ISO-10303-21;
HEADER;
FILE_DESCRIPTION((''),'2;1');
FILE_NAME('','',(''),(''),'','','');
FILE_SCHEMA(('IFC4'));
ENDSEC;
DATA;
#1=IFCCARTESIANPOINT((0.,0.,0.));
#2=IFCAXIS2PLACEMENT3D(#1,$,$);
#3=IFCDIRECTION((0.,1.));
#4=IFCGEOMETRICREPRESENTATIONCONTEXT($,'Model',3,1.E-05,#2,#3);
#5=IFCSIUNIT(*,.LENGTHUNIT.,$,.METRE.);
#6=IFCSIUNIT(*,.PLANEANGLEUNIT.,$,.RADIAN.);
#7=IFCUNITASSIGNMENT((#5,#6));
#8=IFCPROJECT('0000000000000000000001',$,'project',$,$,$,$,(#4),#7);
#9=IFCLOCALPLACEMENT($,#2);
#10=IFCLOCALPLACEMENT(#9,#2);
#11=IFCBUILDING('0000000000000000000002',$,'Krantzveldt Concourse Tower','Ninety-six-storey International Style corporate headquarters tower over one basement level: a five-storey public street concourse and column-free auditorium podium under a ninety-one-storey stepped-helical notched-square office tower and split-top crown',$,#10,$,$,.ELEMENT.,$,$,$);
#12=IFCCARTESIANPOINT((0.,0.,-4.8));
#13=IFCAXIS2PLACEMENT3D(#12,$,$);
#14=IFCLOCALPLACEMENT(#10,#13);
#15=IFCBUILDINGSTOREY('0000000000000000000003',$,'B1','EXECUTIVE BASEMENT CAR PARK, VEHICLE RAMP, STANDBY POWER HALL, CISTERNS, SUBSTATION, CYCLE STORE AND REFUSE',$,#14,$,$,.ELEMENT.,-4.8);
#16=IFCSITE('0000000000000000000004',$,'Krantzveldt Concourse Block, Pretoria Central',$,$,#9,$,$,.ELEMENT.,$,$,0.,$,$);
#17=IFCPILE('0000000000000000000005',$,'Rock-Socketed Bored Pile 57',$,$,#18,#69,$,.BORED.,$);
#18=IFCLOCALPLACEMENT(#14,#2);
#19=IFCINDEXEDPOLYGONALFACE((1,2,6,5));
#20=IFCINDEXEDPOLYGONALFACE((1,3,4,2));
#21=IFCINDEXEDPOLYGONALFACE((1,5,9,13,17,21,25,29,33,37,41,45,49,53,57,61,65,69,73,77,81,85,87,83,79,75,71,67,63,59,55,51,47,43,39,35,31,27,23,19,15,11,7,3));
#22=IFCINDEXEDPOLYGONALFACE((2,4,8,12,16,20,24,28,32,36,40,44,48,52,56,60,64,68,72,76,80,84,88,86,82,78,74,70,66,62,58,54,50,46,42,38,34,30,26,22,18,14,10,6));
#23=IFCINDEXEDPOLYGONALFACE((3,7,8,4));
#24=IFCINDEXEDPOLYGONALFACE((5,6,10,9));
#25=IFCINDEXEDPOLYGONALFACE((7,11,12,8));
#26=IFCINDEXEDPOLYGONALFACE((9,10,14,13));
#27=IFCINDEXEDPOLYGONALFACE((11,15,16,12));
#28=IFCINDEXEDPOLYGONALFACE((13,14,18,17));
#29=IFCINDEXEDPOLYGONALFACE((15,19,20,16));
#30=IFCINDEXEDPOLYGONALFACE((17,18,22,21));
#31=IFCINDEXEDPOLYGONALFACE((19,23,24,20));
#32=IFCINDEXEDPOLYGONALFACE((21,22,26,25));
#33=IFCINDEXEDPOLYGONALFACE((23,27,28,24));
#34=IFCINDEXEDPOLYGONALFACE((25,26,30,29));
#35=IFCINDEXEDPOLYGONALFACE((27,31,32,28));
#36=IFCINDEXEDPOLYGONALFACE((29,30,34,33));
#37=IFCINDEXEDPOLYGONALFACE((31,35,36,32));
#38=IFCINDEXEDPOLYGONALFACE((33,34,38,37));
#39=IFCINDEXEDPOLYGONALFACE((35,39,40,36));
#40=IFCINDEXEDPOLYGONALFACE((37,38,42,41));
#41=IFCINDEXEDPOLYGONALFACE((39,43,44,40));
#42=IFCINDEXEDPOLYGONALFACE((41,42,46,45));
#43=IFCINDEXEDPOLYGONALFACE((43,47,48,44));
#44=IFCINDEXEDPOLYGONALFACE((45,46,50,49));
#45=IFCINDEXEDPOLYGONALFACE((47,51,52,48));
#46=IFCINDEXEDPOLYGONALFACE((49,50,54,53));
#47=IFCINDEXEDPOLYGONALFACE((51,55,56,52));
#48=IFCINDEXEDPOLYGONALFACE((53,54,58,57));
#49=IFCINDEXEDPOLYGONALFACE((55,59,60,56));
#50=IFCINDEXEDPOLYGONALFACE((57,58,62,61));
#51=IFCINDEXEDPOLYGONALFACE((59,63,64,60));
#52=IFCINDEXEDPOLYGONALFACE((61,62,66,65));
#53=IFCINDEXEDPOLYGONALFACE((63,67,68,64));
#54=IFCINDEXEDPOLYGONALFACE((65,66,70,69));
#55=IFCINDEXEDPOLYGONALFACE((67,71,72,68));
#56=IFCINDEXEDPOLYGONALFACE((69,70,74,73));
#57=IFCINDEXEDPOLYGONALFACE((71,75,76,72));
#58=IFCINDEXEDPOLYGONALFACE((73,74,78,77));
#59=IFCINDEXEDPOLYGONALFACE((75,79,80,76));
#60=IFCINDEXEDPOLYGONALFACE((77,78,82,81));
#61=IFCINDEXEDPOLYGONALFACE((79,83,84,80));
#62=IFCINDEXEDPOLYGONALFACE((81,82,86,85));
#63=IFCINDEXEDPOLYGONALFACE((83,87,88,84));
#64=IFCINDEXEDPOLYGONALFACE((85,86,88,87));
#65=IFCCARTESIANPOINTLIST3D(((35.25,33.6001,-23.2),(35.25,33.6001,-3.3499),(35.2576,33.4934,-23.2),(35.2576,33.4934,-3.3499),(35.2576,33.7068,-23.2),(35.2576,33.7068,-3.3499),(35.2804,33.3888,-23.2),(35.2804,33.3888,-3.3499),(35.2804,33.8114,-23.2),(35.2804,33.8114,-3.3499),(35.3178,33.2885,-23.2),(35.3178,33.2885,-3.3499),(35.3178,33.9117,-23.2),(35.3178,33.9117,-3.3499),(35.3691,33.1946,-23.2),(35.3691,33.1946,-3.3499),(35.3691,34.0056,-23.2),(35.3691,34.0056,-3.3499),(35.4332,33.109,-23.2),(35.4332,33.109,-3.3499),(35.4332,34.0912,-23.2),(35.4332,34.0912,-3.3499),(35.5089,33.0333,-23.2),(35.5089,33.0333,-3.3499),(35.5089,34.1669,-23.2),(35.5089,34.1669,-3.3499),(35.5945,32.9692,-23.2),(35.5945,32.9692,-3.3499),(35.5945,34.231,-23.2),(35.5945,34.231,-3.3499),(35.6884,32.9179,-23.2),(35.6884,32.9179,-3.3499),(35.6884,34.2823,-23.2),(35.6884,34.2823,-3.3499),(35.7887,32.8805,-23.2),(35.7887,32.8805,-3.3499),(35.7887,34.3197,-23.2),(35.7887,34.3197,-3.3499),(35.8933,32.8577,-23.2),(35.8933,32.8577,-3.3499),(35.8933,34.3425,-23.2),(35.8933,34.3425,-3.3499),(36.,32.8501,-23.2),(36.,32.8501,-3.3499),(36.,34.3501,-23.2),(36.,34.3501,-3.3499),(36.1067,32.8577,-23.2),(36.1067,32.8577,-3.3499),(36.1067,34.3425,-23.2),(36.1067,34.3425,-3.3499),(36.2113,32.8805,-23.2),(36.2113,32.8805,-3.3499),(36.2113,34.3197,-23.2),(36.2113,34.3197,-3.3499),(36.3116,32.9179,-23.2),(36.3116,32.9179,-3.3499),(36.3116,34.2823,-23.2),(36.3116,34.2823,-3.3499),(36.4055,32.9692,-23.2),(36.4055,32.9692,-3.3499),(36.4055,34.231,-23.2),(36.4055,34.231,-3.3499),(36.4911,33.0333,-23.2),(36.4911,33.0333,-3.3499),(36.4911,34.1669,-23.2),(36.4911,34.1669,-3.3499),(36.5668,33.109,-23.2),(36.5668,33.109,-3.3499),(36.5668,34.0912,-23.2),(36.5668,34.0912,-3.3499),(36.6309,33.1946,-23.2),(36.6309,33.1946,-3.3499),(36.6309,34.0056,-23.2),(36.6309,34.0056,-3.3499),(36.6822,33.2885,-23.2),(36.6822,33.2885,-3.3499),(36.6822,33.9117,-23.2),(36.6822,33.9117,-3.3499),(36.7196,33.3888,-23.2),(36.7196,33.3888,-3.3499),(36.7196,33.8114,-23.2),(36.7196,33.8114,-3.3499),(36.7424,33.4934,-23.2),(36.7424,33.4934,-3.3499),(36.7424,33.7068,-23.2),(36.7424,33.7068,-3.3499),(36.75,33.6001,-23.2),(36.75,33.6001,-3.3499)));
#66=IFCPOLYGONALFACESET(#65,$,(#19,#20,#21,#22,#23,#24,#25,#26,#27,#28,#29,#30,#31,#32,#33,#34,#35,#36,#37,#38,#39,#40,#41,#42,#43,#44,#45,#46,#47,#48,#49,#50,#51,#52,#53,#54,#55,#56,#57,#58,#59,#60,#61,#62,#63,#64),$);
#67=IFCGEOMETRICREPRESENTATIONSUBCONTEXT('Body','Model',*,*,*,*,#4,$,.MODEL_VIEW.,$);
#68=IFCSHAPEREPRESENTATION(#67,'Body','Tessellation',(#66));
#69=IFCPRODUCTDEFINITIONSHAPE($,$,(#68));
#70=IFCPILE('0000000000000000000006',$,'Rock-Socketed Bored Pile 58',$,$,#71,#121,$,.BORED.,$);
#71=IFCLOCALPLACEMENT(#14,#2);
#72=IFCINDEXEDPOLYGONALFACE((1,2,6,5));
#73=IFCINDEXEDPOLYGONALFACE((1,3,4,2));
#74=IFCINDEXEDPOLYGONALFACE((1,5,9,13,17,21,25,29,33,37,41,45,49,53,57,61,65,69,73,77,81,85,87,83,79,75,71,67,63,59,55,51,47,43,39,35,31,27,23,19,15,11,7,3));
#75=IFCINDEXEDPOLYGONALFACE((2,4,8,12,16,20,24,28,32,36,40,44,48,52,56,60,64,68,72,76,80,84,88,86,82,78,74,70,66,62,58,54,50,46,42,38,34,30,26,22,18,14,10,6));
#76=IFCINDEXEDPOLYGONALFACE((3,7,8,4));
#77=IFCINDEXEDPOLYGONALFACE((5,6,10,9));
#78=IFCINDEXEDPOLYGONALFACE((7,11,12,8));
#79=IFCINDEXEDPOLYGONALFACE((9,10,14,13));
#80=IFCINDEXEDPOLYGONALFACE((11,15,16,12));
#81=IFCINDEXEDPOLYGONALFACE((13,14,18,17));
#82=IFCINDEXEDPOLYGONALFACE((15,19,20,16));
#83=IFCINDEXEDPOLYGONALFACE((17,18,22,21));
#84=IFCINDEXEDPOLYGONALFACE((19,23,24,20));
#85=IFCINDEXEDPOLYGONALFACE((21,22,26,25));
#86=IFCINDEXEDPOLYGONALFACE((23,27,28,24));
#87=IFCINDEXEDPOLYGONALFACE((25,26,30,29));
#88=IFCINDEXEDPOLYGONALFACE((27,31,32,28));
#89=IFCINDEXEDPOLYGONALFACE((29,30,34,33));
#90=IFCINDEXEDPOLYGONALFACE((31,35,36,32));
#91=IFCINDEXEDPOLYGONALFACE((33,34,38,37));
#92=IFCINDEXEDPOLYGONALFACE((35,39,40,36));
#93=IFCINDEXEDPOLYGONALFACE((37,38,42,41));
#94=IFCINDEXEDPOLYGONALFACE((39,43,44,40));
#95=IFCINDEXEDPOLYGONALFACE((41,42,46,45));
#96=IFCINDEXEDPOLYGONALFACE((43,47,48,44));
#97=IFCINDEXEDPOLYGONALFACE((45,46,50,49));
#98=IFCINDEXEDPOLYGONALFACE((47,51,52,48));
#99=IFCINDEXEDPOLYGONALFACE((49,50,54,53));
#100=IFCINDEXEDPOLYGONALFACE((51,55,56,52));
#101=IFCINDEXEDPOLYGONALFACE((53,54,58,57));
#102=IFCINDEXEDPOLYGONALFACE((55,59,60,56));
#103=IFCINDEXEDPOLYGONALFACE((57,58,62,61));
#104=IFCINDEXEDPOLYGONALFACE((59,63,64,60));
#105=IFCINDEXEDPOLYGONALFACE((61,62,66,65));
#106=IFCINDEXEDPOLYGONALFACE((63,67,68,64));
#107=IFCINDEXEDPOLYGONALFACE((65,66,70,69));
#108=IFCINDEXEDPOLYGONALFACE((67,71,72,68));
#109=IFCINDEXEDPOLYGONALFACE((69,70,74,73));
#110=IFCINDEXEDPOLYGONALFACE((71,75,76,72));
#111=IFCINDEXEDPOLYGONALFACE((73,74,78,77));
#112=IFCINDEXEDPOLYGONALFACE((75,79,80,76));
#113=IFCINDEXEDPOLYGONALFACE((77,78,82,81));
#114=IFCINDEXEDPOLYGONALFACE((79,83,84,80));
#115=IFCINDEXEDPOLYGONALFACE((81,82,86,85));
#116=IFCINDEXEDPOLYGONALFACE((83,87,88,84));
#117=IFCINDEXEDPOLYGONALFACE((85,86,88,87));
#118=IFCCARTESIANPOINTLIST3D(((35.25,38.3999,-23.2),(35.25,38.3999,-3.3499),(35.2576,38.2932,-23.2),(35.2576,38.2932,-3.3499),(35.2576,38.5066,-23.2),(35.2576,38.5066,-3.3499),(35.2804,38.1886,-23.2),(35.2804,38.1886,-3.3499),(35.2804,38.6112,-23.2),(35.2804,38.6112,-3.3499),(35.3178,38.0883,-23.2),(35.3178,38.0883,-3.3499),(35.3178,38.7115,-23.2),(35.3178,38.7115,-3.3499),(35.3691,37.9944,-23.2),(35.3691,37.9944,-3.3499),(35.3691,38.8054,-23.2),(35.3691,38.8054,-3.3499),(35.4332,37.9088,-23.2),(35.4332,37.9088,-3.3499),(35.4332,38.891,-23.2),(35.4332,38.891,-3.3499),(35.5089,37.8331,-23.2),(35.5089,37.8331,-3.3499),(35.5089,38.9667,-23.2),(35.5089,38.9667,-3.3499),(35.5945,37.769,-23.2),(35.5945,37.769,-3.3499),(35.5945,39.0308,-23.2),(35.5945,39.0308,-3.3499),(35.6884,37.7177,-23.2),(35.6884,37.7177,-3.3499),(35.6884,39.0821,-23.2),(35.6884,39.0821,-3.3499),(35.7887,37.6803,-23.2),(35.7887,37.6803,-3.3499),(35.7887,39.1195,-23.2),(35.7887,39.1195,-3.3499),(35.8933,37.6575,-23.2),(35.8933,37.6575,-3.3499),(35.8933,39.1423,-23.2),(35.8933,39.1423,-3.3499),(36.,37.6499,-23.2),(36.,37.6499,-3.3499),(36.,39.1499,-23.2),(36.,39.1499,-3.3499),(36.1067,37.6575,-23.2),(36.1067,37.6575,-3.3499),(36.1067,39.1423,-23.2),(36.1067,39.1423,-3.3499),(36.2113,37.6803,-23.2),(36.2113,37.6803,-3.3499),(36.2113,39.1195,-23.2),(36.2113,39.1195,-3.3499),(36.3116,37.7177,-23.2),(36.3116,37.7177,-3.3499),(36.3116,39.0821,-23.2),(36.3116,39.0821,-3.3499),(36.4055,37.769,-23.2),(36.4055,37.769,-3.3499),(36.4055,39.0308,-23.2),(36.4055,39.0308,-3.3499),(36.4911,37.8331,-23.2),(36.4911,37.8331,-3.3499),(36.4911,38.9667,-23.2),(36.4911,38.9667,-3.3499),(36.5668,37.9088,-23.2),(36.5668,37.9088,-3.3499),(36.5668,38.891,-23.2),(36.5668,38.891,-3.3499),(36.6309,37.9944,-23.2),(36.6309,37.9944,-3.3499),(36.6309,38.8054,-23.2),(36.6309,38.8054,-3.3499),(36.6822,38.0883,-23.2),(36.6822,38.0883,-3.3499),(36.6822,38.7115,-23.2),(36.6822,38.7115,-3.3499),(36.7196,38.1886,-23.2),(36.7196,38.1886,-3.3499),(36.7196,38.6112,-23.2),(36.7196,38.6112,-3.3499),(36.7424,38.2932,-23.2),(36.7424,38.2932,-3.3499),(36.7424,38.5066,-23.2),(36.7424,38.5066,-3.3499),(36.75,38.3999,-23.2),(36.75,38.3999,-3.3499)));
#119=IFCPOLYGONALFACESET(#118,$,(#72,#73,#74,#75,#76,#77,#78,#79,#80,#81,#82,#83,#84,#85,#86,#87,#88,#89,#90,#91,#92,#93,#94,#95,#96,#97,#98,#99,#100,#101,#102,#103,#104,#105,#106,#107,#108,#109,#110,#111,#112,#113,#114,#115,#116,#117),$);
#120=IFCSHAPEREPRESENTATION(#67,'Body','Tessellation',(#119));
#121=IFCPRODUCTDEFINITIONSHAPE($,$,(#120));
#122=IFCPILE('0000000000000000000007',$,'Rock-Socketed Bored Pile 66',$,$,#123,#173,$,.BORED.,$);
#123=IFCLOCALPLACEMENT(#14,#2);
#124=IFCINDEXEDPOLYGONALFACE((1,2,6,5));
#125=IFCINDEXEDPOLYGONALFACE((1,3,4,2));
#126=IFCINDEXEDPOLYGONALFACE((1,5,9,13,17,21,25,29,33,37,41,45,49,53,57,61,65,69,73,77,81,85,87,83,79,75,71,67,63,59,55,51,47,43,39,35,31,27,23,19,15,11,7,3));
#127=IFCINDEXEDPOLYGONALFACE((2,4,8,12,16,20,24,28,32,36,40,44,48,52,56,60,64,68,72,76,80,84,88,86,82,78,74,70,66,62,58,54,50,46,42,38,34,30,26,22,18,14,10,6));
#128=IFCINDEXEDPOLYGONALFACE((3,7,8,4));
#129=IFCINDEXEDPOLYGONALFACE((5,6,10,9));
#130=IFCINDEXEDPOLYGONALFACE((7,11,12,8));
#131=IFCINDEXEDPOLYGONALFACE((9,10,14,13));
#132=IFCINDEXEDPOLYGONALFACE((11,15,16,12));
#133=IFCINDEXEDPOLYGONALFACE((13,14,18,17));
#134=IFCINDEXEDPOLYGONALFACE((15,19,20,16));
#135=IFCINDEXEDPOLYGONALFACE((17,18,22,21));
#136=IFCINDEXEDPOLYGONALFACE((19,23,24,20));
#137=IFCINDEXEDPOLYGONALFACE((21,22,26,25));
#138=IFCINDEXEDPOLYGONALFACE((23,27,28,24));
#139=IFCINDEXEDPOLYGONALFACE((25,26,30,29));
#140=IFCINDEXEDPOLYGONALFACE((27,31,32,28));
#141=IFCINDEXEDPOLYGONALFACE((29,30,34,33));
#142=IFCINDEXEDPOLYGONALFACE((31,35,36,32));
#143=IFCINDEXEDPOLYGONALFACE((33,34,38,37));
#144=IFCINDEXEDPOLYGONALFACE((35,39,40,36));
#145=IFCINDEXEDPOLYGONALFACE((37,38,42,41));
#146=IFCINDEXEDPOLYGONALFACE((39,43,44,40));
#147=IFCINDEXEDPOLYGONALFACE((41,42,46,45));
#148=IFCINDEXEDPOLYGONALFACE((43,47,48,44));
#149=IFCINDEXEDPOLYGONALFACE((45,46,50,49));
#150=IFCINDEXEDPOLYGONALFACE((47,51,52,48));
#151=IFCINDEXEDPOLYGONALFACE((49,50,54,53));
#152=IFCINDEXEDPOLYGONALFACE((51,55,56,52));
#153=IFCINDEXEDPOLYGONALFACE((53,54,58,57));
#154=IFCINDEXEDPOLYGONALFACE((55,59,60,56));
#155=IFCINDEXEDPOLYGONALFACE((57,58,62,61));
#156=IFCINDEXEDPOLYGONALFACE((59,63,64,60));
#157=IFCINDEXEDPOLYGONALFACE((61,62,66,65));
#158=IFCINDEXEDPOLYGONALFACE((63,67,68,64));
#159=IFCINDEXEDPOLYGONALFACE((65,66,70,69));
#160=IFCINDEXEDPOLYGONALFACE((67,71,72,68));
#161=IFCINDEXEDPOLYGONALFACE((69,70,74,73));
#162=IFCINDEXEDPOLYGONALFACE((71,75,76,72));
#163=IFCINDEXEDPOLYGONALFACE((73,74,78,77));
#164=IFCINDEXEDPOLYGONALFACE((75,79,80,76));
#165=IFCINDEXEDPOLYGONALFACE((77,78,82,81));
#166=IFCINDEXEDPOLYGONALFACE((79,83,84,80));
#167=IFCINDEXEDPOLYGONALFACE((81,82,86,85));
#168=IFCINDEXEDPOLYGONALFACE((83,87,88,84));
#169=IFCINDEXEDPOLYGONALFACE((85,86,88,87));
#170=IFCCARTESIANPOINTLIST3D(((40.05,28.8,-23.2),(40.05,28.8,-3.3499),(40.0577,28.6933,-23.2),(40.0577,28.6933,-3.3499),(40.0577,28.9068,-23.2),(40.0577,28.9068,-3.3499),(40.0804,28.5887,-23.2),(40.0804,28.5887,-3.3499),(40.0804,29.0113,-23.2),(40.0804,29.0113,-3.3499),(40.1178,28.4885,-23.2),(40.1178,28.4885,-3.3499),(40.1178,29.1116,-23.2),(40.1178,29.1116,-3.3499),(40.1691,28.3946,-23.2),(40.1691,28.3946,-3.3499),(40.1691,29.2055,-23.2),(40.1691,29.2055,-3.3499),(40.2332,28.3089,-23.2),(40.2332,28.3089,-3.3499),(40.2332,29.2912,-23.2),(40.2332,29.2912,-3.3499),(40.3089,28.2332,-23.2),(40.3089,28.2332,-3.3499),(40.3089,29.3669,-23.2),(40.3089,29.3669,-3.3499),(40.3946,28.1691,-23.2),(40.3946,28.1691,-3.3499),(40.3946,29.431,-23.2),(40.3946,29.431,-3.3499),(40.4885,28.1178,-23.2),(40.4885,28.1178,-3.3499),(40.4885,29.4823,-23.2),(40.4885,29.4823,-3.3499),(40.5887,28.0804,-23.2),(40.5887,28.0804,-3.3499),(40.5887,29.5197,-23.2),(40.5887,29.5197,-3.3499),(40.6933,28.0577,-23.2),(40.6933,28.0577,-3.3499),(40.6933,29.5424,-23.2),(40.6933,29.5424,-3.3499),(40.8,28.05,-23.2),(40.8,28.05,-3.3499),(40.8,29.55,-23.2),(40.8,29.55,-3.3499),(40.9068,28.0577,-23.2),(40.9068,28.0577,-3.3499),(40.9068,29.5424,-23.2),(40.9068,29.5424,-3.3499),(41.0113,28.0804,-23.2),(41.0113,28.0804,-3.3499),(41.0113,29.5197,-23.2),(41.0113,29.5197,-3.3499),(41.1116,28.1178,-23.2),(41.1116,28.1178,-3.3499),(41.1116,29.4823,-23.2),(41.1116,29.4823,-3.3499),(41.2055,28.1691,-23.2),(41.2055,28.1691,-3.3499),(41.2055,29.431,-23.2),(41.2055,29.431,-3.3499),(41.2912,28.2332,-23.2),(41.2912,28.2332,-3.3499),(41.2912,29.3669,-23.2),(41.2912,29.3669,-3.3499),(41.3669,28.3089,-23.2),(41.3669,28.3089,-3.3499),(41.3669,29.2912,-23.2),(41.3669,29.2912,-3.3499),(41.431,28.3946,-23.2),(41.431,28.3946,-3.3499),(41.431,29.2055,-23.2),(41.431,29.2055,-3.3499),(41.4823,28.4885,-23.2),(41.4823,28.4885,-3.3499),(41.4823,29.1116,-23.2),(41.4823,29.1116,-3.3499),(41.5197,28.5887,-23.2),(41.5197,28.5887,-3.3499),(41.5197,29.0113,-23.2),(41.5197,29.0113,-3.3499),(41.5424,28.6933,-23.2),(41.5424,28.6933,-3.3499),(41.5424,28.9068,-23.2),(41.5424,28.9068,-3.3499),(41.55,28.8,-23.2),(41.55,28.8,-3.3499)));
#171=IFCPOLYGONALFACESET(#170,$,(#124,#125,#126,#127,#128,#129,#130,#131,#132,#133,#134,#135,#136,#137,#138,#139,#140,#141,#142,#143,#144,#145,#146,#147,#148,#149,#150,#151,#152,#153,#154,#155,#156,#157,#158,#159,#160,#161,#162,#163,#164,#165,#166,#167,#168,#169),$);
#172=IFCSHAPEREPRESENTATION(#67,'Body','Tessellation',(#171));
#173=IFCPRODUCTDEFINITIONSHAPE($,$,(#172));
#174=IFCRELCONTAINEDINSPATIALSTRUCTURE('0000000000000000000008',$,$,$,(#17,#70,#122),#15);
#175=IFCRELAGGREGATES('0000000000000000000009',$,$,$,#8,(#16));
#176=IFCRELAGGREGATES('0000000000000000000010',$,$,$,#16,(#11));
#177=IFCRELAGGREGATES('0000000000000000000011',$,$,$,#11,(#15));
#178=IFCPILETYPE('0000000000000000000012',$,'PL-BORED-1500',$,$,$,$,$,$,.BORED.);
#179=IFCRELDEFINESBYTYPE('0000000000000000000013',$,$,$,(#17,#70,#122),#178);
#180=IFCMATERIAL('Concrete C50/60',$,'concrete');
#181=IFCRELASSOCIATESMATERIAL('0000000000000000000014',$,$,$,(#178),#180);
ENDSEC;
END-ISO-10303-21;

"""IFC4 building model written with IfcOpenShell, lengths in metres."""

from ifc_helpers import new_model, si_unit, direction, frame, origin, origin_2d, place, context, subcontext, project, spatial, circle, extrude, source, transform, mapped, material, material_profile, profile_set, type_object, type_shapes, element, save


model = new_model("IFC4")

# Units and contexts
model_context = context("Model", 3, precision=1e-05, world=origin(), true_north=direction((0.0, 1.0)))
body_context = subcontext(model_context, "Body", "Model", "MODEL_VIEW")
ifc_project = project(units=[si_unit("LENGTHUNIT", "METRE"), si_unit("PLANEANGLEUNIT", "RADIAN")], contexts=[model_context])

# Site, building, storey
site_placement = place(None, origin())
site = spatial("IfcSite", under=ifc_project, at=site_placement, Name="Krantzveldt Concourse Block, Pretoria Central", CompositionType="ELEMENT", RefElevation=0.0)
building_placement = place(site_placement, origin())
building = spatial("IfcBuilding", under=site, at=building_placement, Name="Krantzveldt Concourse Tower", Description="Ninety-six-storey International Style corporate headquarters tower over one basement level: a five-storey public street concourse and column-free auditorium podium under a ninety-one-storey stepped-helical notched-square office tower and split-top crown", CompositionType="ELEMENT")
storey_placement = place(building_placement, frame((0.0, 0.0, -4.8)))
storey = spatial("IfcBuildingStorey", under=building, at=storey_placement, Name="B1", Description="EXECUTIVE BASEMENT CAR PARK, VEHICLE RAMP, STANDBY POWER HALL, CISTERNS, SUBSTATION, CYCLE STORE AND REFUSE", CompositionType="ELEMENT", Elevation=-4.8)

# Piles
ifc_material_1 = material(Name="Concrete C50/60", Category="concrete")
ifc_material_profile_1 = material_profile(ifc_material_1, circle(Radius=0.75, at=origin_2d()), Name="Concrete C50/60", Category="concrete")
ifc_profile_set_1 = profile_set([ifc_material_profile_1], Name="Concrete C50/60 - PILE D1500")
pile_type_1 = type_object("IfcPileType", Name="PL-BORED-1500", PredefinedType="BORED", material=ifc_profile_set_1)
shared_shape_1 = source(origin(), body_context, "Body", "SweptSolid", [
    extrude(circle(Radius=0.75, at=origin_2d()), origin(), (0.0, 0.0, 1.0), 19.8501),
])
type_shapes(pile_type_1, [shared_shape_1])
for number, where, z_axis, x_axis, name in (
    (1, (36.0, 33.6001, -3.3499), (0.0, 0.0, -1.0), (1.0, 0.0, 0.0), "Rock-Socketed Bored Pile 57"),
    (2, (36.0, 38.3999, -3.3499), (0.0, 0.0, -1.0), (1.0, 0.0, 0.0), "Rock-Socketed Bored Pile 58"),
    (3, (40.8, 28.8, -3.3499), (0.0, 0.0, -1.0), (1.0, 0.0, 0.0), "Rock-Socketed Bored Pile 66"),
):
    element("IfcPile", number, at=place(storey_placement, frame(where, z_axis=z_axis, x_axis=x_axis)), inside=storey, type_object=pile_type_1, Name=name, PredefinedType="BORED", context=body_context, shape_type="MappedRepresentation", body=[
        mapped(shared_shape_1, transform((0.0, 0.0, 0.0), x_axis=(1.0, 0.0, 0.0), y_axis=(0.0, 1.0, 0.0), z_axis=(0.0, 0.0, 1.0), scale=1.0)),
    ])

save(model, "model.ifc")
